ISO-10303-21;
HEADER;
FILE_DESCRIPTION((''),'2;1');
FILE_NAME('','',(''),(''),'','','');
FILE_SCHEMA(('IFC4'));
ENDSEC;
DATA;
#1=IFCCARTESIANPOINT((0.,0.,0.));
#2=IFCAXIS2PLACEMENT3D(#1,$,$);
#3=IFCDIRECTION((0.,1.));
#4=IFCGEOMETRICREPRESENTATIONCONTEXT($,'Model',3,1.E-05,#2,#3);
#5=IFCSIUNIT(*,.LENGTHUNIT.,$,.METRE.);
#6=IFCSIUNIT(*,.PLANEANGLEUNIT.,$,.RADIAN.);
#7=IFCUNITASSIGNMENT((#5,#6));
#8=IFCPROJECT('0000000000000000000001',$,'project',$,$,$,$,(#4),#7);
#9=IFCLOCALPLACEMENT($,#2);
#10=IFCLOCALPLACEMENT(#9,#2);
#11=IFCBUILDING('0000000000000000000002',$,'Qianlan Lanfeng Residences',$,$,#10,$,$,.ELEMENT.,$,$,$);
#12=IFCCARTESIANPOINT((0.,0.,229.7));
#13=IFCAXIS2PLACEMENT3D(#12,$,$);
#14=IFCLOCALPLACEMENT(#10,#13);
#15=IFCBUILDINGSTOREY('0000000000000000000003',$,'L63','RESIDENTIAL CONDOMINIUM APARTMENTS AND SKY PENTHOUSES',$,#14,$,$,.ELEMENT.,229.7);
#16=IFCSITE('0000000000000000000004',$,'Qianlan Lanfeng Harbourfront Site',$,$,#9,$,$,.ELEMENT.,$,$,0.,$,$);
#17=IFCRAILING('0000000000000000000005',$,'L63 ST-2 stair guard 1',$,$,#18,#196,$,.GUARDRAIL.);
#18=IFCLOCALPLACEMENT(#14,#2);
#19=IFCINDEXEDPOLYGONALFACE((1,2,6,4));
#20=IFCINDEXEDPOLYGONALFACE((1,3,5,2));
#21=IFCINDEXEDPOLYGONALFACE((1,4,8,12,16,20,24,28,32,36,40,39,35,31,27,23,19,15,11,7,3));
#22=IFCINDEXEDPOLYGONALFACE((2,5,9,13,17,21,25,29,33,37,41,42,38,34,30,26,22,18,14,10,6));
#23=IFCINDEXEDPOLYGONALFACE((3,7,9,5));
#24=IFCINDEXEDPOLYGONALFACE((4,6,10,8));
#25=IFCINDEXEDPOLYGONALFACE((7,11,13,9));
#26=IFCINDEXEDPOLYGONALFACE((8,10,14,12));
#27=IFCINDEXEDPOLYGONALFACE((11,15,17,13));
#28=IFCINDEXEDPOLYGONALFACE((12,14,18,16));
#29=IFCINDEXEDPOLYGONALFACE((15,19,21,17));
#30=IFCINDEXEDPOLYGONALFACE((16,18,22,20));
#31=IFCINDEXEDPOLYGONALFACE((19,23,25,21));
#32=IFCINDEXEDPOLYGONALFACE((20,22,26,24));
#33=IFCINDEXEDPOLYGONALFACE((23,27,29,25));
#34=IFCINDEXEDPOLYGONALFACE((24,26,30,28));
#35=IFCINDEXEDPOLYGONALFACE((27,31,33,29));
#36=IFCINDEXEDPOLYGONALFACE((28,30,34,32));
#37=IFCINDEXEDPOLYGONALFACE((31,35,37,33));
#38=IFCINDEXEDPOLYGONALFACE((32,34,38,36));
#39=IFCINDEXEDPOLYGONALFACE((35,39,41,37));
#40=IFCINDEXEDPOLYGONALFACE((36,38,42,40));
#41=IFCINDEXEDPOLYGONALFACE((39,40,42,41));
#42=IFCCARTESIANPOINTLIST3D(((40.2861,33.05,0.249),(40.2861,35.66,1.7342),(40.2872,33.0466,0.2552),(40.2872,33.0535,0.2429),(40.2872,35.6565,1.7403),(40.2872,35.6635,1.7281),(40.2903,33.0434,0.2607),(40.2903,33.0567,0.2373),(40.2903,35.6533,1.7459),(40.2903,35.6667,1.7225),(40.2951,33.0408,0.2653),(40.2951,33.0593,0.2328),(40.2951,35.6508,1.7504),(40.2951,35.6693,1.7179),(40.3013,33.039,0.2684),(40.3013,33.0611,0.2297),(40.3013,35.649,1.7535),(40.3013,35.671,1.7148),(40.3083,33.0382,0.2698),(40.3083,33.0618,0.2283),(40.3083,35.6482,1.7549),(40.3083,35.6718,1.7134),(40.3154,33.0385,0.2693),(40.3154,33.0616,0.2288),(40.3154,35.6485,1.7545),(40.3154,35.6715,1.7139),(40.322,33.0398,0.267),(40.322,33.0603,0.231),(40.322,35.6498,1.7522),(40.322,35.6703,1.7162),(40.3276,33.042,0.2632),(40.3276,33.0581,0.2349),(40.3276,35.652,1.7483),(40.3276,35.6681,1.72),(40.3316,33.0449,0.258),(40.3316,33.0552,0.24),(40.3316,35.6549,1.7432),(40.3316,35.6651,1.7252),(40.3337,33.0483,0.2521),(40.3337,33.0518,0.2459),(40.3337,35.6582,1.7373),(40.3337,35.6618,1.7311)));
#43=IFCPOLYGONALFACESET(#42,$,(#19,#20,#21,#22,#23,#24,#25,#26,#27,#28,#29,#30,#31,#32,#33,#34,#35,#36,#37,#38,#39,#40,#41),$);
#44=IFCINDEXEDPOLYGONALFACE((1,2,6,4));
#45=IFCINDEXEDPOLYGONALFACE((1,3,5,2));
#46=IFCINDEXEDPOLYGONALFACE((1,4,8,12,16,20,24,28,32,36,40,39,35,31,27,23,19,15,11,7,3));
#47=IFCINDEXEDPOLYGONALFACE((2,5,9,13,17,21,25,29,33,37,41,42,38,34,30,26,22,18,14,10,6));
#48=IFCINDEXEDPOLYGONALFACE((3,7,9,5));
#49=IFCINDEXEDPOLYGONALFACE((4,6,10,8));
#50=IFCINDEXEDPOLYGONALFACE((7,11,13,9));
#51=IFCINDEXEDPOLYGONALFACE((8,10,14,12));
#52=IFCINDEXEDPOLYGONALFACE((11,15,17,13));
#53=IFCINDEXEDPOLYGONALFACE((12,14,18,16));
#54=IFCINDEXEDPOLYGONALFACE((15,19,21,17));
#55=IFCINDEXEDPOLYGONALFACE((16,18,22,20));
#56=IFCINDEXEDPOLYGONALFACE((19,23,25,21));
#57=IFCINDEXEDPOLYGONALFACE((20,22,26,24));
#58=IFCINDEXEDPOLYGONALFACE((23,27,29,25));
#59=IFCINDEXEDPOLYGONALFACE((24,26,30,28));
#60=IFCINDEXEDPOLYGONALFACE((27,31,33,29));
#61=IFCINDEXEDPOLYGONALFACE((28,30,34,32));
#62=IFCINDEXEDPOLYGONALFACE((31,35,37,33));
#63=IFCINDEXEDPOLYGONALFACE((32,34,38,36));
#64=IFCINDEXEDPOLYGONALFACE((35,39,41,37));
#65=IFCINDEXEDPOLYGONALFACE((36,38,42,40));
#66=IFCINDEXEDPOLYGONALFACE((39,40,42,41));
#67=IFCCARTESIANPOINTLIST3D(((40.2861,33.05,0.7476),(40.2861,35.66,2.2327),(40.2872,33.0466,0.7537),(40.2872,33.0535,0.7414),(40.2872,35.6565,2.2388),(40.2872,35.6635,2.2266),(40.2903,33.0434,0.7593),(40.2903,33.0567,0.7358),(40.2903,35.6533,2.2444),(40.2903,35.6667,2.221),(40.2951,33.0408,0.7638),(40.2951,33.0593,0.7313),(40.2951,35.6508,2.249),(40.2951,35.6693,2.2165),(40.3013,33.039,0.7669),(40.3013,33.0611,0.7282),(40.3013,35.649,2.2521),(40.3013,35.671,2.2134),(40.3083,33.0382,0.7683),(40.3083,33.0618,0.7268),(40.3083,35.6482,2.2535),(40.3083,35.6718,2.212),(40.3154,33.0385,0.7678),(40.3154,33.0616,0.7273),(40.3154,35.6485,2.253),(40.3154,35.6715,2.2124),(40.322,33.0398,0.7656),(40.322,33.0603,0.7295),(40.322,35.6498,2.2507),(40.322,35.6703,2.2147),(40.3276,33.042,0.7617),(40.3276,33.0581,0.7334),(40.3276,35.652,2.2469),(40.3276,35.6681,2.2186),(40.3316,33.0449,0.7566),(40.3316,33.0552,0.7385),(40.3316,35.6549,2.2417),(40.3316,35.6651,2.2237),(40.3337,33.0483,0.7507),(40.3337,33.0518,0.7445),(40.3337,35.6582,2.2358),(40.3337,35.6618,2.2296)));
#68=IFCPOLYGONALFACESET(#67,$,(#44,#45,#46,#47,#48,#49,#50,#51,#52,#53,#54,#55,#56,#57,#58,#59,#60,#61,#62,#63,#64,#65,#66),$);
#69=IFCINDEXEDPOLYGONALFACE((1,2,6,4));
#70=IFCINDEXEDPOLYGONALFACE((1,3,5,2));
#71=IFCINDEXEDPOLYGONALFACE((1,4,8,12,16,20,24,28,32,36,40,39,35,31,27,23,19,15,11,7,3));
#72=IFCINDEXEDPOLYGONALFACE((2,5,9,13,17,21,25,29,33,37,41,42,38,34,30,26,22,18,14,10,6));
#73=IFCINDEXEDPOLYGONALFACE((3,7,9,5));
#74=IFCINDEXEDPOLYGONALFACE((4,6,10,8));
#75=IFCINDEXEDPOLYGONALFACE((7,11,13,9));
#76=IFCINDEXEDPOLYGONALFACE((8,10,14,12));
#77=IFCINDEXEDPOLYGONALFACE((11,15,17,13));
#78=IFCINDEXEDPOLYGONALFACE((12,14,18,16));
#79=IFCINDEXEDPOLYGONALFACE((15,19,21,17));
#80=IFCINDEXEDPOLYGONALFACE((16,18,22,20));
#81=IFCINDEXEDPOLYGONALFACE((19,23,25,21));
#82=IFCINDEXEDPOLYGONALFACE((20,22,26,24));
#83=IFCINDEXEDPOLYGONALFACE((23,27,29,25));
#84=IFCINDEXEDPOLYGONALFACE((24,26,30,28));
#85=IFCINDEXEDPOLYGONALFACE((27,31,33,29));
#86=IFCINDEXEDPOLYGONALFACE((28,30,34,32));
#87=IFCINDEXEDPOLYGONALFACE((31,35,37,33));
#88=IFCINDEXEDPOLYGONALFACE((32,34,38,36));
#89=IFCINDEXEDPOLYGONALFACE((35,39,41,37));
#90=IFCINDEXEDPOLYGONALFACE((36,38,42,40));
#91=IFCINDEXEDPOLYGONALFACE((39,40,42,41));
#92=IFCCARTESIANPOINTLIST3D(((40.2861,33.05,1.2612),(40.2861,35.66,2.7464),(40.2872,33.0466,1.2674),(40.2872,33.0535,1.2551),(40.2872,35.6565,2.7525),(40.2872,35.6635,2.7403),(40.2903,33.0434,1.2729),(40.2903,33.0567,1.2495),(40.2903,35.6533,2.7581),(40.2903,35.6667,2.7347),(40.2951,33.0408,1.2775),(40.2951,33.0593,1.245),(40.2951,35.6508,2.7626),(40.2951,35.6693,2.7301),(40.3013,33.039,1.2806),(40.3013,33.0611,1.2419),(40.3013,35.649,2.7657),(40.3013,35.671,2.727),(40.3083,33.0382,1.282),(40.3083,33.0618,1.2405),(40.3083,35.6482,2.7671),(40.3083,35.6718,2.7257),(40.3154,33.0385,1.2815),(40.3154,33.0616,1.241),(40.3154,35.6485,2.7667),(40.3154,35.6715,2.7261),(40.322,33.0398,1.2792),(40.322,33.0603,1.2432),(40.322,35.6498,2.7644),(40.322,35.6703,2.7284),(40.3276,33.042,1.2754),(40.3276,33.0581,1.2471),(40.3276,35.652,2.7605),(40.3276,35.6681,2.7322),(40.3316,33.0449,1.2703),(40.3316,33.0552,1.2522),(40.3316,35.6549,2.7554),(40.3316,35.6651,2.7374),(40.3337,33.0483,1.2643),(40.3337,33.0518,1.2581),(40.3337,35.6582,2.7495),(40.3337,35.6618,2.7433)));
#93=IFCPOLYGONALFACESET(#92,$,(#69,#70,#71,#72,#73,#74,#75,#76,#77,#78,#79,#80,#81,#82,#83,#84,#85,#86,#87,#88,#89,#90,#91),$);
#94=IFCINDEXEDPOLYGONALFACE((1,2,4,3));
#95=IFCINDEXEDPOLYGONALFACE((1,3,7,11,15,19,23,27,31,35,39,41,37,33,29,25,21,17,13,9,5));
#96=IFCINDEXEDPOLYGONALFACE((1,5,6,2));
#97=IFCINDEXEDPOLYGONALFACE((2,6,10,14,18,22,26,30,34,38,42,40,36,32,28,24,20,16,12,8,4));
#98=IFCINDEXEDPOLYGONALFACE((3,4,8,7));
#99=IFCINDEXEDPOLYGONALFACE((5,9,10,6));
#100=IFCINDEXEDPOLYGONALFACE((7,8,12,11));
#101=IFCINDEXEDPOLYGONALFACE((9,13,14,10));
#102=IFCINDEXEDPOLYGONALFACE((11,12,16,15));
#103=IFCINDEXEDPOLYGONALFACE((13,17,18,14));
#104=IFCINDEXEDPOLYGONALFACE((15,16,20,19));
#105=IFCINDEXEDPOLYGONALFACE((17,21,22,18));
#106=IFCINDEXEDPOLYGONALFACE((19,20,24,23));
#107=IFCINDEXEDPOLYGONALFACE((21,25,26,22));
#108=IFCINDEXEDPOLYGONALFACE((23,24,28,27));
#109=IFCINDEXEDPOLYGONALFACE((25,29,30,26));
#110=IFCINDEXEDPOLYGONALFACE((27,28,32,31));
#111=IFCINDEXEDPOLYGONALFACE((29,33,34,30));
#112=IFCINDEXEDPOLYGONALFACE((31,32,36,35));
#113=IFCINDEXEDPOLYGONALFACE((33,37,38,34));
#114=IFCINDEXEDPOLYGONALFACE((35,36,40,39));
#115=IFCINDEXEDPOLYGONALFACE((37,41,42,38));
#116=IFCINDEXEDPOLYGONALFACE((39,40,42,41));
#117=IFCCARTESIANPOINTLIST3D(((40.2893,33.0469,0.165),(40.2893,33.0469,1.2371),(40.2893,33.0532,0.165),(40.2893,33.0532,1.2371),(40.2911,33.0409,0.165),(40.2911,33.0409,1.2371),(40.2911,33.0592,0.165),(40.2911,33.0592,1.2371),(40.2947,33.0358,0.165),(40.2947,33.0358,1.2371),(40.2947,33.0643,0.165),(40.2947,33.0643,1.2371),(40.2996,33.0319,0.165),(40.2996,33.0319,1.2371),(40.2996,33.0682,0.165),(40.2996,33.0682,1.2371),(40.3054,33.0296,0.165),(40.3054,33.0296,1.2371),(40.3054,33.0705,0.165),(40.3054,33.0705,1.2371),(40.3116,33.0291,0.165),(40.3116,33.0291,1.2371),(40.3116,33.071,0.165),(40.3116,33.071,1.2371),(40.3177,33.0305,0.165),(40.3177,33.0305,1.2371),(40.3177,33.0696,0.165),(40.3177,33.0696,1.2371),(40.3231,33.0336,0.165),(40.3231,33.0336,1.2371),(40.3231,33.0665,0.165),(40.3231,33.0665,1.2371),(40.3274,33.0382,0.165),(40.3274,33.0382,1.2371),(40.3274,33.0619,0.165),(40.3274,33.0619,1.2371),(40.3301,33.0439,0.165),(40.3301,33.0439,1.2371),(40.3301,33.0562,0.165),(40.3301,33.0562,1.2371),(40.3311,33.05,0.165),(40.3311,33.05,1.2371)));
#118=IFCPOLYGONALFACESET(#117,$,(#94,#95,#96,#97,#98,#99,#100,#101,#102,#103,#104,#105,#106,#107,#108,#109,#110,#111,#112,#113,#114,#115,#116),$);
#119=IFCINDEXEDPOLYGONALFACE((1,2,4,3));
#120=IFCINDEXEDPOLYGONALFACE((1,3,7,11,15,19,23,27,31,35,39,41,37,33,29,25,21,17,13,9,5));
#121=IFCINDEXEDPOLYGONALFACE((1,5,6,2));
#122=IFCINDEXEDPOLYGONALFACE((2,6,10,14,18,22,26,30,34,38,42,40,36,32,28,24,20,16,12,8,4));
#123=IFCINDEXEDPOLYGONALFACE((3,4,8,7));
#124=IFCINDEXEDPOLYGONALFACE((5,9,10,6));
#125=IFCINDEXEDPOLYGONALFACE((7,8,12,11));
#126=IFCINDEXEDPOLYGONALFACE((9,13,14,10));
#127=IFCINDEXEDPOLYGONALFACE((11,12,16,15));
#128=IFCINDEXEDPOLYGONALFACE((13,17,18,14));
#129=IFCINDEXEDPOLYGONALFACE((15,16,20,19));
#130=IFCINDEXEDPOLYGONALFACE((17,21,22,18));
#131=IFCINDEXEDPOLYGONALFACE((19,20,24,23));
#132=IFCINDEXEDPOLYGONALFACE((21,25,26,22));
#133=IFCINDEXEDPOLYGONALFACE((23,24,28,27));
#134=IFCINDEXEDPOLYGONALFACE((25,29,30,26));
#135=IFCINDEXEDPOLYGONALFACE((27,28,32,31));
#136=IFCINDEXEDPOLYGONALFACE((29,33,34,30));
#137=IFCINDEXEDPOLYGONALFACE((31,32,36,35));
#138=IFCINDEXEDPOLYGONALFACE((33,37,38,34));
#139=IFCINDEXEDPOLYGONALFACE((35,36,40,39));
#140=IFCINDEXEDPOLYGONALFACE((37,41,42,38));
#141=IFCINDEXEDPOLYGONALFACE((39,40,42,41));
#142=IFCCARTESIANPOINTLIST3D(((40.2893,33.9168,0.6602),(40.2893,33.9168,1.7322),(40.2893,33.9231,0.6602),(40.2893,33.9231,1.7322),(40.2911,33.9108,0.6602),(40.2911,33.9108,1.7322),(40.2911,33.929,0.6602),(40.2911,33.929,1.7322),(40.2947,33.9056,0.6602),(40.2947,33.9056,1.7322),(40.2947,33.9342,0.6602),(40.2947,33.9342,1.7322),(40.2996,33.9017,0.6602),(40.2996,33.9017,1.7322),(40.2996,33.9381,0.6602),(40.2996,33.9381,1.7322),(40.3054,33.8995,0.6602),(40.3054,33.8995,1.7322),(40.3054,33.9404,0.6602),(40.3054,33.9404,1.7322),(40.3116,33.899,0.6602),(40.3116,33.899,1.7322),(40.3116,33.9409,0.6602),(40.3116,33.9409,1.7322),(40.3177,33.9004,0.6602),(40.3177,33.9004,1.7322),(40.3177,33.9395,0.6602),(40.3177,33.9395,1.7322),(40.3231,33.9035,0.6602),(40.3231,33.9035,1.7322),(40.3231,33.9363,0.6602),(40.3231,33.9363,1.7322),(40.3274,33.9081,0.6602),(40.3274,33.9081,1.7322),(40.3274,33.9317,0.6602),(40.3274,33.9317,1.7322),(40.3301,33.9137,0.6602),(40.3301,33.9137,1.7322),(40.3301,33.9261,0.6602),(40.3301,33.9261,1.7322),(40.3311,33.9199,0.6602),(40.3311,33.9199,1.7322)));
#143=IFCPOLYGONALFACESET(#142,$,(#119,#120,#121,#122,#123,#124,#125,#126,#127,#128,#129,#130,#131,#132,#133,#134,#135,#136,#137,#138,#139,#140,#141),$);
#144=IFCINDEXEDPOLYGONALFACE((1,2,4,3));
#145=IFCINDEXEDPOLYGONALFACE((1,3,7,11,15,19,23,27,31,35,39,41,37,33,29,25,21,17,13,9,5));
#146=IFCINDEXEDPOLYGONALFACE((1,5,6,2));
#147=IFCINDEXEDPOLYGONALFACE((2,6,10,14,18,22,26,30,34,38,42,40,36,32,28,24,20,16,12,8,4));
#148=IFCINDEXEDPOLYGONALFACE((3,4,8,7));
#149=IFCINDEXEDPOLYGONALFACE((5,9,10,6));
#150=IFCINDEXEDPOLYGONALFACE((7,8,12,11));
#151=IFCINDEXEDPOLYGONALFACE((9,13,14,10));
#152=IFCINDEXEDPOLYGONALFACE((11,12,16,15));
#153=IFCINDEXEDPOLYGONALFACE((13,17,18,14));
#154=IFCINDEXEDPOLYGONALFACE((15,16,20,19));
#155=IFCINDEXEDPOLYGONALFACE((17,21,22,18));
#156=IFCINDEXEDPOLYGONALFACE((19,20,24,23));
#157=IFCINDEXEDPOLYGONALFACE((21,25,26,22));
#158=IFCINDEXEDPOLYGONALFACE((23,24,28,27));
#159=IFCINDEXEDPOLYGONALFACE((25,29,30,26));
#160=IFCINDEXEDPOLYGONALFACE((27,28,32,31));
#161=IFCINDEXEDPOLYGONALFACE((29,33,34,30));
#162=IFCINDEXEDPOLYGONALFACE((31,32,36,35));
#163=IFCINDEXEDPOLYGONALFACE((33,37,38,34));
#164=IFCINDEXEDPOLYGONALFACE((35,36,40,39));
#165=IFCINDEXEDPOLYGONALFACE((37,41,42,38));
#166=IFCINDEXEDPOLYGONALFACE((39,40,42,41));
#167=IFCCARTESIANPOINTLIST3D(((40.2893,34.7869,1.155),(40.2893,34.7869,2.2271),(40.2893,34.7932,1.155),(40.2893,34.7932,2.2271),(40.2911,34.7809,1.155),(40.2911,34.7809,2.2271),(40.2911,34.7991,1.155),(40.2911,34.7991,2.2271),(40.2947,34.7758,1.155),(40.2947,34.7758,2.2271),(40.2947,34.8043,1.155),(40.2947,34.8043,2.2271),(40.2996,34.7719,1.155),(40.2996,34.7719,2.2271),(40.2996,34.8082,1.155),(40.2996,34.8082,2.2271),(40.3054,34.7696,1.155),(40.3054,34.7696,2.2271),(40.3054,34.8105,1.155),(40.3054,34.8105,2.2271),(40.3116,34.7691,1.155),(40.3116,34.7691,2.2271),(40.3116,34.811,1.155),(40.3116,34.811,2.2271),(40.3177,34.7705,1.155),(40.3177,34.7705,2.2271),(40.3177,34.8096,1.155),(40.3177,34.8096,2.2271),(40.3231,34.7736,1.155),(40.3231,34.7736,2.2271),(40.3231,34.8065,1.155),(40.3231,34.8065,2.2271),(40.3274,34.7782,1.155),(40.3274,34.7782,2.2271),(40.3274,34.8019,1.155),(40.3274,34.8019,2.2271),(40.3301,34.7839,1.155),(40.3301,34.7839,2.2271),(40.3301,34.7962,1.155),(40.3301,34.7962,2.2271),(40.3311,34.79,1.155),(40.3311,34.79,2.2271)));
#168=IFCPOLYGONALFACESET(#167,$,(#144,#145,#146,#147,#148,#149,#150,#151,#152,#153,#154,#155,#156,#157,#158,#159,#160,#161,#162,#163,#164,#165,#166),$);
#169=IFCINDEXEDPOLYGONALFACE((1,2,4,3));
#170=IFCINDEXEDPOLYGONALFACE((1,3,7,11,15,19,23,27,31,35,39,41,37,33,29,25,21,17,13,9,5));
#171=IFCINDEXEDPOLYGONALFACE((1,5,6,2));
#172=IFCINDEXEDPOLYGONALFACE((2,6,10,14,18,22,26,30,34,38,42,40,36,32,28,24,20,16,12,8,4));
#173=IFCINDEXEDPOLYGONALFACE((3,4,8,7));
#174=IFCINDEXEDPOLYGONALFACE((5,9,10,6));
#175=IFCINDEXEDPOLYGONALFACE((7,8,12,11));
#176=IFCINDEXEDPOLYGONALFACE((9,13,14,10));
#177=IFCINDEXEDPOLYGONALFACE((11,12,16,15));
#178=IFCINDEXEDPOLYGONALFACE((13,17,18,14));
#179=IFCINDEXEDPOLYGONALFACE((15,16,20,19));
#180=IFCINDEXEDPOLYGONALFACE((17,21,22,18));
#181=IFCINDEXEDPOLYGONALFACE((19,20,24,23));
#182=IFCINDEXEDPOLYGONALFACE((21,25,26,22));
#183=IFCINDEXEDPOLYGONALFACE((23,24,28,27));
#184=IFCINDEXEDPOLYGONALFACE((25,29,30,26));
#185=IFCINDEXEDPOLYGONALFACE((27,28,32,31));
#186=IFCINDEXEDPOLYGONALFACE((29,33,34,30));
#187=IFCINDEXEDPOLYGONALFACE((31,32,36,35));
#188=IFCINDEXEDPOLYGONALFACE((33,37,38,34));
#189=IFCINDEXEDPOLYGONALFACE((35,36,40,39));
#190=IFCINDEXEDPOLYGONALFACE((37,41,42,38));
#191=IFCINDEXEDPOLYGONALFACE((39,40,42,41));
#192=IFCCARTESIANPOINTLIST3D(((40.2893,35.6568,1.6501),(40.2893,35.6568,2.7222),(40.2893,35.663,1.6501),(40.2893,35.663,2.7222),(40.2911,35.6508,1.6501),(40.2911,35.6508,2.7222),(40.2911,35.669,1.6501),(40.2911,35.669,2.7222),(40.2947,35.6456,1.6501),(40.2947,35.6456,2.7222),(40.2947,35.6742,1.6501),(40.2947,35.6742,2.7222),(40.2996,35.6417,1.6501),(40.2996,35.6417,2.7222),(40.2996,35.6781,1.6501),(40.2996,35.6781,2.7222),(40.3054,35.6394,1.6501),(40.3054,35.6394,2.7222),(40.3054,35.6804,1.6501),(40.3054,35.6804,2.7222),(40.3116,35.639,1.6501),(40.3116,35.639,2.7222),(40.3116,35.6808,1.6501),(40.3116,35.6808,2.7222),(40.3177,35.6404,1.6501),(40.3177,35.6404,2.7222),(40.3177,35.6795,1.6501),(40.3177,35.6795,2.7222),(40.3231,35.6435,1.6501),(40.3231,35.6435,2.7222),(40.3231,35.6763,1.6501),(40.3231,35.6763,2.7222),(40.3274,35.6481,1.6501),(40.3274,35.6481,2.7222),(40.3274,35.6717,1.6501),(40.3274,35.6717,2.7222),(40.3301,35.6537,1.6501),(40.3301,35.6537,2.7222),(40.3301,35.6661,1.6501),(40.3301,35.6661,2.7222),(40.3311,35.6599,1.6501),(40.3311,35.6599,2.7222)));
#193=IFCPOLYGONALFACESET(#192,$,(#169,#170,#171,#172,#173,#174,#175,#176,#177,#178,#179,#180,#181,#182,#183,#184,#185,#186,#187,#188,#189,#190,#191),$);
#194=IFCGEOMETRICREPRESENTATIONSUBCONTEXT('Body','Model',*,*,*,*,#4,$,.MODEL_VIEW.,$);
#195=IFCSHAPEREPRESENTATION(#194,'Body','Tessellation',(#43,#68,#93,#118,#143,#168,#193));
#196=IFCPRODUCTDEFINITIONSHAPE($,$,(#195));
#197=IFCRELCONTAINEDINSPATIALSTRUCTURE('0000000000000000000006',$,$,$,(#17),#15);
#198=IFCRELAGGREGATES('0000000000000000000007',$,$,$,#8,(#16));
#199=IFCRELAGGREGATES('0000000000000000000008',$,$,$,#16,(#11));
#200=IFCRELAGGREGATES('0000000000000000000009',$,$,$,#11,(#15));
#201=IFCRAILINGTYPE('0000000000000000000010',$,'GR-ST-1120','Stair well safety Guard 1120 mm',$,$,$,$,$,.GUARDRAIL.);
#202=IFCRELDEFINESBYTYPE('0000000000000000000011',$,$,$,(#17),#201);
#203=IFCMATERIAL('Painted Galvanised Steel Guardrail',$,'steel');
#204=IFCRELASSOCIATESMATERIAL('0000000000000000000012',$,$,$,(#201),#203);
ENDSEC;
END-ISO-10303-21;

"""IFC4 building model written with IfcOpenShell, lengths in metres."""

from ifc_helpers import new_model, si_unit, direction, frame, origin, origin_2d, place, context, subcontext, project, spatial, circle, extrude, material, type_object, element, save


model = new_model("IFC4")

# Units and contexts
model_context = context("Model", 3, precision=1e-05, world=origin(), true_north=direction((0.0, 1.0)))
body_context = subcontext(model_context, "Body", "Model", "MODEL_VIEW")
ifc_project = project(units=[si_unit("LENGTHUNIT", "METRE"), si_unit("PLANEANGLEUNIT", "RADIAN")], contexts=[model_context])

# Site, building, storey
site_placement = place(None, origin())
site = spatial("IfcSite", under=ifc_project, at=site_placement, Name="Qianlan Lanfeng Harbourfront Site", CompositionType="ELEMENT", RefElevation=0.0)
building_placement = place(site_placement, origin())
building = spatial("IfcBuilding", under=site, at=building_placement, Name="Qianlan Lanfeng Residences", CompositionType="ELEMENT")
storey_placement = place(building_placement, frame((0.0, 0.0, 229.7)))
storey = spatial("IfcBuildingStorey", under=building, at=storey_placement, Name="L63", Description="RESIDENTIAL CONDOMINIUM APARTMENTS AND SKY PENTHOUSES", CompositionType="ELEMENT", Elevation=229.7)

# Railing
ifc_material_1 = material(Name="Painted Galvanised Steel Guardrail", Category="steel")
railing_type_1 = type_object("IfcRailingType", Name="GR-ST-1120", Description="Stair well safety Guard 1120 mm", PredefinedType="GUARDRAIL", material=ifc_material_1)
railing_1_placement = place(storey_placement, frame((40.3101, 33.05, 0.165)))
element("IfcRailing", 1, at=railing_1_placement, inside=storey, type_object=railing_type_1, Name="L63 ST-2 stair guard 1", PredefinedType="GUARDRAIL", context=body_context, shape_type="SweptSolid", body=[
    extrude(circle(Radius=0.0239, at=origin_2d()), frame((0.0, 0.0, 0.084), z_axis=(0.0, 0.869137, 0.494571), x_axis=(-1.0, 0.0, 0.0)), (0.0, 0.0, 1.0), 3.0029),
    extrude(circle(Radius=0.0239, at=origin_2d()), frame((0.0, 0.0, 0.5825), z_axis=(0.0, 0.869137, 0.494571), x_axis=(-1.0, 0.0, 0.0)), (0.0, 0.0, 1.0), 3.0029),
    extrude(circle(Radius=0.0239, at=origin_2d()), frame((0.0, 0.0, 1.0962), z_axis=(0.0, 0.869137, 0.494571), x_axis=(-1.0, 0.0, 0.0)), (0.0, 0.0, 1.0), 3.0029),
    extrude(circle(Radius=0.021, at=origin_2d()), origin(), (0.0, 0.0, 1.0), 1.072),
    extrude(circle(Radius=0.021, at=origin_2d()), frame((0.0, 0.8699, 0.4951)), (0.0, 0.0, 1.0), 1.072),
    extrude(circle(Radius=0.021, at=origin_2d()), frame((0.0, 1.74, 0.99)), (0.0, 0.0, 1.0), 1.072),
    extrude(circle(Radius=0.021, at=origin_2d()), frame((0.0, 2.6099, 1.4851)), (0.0, 0.0, 1.0), 1.072),
])

save(model, "model.ifc")
